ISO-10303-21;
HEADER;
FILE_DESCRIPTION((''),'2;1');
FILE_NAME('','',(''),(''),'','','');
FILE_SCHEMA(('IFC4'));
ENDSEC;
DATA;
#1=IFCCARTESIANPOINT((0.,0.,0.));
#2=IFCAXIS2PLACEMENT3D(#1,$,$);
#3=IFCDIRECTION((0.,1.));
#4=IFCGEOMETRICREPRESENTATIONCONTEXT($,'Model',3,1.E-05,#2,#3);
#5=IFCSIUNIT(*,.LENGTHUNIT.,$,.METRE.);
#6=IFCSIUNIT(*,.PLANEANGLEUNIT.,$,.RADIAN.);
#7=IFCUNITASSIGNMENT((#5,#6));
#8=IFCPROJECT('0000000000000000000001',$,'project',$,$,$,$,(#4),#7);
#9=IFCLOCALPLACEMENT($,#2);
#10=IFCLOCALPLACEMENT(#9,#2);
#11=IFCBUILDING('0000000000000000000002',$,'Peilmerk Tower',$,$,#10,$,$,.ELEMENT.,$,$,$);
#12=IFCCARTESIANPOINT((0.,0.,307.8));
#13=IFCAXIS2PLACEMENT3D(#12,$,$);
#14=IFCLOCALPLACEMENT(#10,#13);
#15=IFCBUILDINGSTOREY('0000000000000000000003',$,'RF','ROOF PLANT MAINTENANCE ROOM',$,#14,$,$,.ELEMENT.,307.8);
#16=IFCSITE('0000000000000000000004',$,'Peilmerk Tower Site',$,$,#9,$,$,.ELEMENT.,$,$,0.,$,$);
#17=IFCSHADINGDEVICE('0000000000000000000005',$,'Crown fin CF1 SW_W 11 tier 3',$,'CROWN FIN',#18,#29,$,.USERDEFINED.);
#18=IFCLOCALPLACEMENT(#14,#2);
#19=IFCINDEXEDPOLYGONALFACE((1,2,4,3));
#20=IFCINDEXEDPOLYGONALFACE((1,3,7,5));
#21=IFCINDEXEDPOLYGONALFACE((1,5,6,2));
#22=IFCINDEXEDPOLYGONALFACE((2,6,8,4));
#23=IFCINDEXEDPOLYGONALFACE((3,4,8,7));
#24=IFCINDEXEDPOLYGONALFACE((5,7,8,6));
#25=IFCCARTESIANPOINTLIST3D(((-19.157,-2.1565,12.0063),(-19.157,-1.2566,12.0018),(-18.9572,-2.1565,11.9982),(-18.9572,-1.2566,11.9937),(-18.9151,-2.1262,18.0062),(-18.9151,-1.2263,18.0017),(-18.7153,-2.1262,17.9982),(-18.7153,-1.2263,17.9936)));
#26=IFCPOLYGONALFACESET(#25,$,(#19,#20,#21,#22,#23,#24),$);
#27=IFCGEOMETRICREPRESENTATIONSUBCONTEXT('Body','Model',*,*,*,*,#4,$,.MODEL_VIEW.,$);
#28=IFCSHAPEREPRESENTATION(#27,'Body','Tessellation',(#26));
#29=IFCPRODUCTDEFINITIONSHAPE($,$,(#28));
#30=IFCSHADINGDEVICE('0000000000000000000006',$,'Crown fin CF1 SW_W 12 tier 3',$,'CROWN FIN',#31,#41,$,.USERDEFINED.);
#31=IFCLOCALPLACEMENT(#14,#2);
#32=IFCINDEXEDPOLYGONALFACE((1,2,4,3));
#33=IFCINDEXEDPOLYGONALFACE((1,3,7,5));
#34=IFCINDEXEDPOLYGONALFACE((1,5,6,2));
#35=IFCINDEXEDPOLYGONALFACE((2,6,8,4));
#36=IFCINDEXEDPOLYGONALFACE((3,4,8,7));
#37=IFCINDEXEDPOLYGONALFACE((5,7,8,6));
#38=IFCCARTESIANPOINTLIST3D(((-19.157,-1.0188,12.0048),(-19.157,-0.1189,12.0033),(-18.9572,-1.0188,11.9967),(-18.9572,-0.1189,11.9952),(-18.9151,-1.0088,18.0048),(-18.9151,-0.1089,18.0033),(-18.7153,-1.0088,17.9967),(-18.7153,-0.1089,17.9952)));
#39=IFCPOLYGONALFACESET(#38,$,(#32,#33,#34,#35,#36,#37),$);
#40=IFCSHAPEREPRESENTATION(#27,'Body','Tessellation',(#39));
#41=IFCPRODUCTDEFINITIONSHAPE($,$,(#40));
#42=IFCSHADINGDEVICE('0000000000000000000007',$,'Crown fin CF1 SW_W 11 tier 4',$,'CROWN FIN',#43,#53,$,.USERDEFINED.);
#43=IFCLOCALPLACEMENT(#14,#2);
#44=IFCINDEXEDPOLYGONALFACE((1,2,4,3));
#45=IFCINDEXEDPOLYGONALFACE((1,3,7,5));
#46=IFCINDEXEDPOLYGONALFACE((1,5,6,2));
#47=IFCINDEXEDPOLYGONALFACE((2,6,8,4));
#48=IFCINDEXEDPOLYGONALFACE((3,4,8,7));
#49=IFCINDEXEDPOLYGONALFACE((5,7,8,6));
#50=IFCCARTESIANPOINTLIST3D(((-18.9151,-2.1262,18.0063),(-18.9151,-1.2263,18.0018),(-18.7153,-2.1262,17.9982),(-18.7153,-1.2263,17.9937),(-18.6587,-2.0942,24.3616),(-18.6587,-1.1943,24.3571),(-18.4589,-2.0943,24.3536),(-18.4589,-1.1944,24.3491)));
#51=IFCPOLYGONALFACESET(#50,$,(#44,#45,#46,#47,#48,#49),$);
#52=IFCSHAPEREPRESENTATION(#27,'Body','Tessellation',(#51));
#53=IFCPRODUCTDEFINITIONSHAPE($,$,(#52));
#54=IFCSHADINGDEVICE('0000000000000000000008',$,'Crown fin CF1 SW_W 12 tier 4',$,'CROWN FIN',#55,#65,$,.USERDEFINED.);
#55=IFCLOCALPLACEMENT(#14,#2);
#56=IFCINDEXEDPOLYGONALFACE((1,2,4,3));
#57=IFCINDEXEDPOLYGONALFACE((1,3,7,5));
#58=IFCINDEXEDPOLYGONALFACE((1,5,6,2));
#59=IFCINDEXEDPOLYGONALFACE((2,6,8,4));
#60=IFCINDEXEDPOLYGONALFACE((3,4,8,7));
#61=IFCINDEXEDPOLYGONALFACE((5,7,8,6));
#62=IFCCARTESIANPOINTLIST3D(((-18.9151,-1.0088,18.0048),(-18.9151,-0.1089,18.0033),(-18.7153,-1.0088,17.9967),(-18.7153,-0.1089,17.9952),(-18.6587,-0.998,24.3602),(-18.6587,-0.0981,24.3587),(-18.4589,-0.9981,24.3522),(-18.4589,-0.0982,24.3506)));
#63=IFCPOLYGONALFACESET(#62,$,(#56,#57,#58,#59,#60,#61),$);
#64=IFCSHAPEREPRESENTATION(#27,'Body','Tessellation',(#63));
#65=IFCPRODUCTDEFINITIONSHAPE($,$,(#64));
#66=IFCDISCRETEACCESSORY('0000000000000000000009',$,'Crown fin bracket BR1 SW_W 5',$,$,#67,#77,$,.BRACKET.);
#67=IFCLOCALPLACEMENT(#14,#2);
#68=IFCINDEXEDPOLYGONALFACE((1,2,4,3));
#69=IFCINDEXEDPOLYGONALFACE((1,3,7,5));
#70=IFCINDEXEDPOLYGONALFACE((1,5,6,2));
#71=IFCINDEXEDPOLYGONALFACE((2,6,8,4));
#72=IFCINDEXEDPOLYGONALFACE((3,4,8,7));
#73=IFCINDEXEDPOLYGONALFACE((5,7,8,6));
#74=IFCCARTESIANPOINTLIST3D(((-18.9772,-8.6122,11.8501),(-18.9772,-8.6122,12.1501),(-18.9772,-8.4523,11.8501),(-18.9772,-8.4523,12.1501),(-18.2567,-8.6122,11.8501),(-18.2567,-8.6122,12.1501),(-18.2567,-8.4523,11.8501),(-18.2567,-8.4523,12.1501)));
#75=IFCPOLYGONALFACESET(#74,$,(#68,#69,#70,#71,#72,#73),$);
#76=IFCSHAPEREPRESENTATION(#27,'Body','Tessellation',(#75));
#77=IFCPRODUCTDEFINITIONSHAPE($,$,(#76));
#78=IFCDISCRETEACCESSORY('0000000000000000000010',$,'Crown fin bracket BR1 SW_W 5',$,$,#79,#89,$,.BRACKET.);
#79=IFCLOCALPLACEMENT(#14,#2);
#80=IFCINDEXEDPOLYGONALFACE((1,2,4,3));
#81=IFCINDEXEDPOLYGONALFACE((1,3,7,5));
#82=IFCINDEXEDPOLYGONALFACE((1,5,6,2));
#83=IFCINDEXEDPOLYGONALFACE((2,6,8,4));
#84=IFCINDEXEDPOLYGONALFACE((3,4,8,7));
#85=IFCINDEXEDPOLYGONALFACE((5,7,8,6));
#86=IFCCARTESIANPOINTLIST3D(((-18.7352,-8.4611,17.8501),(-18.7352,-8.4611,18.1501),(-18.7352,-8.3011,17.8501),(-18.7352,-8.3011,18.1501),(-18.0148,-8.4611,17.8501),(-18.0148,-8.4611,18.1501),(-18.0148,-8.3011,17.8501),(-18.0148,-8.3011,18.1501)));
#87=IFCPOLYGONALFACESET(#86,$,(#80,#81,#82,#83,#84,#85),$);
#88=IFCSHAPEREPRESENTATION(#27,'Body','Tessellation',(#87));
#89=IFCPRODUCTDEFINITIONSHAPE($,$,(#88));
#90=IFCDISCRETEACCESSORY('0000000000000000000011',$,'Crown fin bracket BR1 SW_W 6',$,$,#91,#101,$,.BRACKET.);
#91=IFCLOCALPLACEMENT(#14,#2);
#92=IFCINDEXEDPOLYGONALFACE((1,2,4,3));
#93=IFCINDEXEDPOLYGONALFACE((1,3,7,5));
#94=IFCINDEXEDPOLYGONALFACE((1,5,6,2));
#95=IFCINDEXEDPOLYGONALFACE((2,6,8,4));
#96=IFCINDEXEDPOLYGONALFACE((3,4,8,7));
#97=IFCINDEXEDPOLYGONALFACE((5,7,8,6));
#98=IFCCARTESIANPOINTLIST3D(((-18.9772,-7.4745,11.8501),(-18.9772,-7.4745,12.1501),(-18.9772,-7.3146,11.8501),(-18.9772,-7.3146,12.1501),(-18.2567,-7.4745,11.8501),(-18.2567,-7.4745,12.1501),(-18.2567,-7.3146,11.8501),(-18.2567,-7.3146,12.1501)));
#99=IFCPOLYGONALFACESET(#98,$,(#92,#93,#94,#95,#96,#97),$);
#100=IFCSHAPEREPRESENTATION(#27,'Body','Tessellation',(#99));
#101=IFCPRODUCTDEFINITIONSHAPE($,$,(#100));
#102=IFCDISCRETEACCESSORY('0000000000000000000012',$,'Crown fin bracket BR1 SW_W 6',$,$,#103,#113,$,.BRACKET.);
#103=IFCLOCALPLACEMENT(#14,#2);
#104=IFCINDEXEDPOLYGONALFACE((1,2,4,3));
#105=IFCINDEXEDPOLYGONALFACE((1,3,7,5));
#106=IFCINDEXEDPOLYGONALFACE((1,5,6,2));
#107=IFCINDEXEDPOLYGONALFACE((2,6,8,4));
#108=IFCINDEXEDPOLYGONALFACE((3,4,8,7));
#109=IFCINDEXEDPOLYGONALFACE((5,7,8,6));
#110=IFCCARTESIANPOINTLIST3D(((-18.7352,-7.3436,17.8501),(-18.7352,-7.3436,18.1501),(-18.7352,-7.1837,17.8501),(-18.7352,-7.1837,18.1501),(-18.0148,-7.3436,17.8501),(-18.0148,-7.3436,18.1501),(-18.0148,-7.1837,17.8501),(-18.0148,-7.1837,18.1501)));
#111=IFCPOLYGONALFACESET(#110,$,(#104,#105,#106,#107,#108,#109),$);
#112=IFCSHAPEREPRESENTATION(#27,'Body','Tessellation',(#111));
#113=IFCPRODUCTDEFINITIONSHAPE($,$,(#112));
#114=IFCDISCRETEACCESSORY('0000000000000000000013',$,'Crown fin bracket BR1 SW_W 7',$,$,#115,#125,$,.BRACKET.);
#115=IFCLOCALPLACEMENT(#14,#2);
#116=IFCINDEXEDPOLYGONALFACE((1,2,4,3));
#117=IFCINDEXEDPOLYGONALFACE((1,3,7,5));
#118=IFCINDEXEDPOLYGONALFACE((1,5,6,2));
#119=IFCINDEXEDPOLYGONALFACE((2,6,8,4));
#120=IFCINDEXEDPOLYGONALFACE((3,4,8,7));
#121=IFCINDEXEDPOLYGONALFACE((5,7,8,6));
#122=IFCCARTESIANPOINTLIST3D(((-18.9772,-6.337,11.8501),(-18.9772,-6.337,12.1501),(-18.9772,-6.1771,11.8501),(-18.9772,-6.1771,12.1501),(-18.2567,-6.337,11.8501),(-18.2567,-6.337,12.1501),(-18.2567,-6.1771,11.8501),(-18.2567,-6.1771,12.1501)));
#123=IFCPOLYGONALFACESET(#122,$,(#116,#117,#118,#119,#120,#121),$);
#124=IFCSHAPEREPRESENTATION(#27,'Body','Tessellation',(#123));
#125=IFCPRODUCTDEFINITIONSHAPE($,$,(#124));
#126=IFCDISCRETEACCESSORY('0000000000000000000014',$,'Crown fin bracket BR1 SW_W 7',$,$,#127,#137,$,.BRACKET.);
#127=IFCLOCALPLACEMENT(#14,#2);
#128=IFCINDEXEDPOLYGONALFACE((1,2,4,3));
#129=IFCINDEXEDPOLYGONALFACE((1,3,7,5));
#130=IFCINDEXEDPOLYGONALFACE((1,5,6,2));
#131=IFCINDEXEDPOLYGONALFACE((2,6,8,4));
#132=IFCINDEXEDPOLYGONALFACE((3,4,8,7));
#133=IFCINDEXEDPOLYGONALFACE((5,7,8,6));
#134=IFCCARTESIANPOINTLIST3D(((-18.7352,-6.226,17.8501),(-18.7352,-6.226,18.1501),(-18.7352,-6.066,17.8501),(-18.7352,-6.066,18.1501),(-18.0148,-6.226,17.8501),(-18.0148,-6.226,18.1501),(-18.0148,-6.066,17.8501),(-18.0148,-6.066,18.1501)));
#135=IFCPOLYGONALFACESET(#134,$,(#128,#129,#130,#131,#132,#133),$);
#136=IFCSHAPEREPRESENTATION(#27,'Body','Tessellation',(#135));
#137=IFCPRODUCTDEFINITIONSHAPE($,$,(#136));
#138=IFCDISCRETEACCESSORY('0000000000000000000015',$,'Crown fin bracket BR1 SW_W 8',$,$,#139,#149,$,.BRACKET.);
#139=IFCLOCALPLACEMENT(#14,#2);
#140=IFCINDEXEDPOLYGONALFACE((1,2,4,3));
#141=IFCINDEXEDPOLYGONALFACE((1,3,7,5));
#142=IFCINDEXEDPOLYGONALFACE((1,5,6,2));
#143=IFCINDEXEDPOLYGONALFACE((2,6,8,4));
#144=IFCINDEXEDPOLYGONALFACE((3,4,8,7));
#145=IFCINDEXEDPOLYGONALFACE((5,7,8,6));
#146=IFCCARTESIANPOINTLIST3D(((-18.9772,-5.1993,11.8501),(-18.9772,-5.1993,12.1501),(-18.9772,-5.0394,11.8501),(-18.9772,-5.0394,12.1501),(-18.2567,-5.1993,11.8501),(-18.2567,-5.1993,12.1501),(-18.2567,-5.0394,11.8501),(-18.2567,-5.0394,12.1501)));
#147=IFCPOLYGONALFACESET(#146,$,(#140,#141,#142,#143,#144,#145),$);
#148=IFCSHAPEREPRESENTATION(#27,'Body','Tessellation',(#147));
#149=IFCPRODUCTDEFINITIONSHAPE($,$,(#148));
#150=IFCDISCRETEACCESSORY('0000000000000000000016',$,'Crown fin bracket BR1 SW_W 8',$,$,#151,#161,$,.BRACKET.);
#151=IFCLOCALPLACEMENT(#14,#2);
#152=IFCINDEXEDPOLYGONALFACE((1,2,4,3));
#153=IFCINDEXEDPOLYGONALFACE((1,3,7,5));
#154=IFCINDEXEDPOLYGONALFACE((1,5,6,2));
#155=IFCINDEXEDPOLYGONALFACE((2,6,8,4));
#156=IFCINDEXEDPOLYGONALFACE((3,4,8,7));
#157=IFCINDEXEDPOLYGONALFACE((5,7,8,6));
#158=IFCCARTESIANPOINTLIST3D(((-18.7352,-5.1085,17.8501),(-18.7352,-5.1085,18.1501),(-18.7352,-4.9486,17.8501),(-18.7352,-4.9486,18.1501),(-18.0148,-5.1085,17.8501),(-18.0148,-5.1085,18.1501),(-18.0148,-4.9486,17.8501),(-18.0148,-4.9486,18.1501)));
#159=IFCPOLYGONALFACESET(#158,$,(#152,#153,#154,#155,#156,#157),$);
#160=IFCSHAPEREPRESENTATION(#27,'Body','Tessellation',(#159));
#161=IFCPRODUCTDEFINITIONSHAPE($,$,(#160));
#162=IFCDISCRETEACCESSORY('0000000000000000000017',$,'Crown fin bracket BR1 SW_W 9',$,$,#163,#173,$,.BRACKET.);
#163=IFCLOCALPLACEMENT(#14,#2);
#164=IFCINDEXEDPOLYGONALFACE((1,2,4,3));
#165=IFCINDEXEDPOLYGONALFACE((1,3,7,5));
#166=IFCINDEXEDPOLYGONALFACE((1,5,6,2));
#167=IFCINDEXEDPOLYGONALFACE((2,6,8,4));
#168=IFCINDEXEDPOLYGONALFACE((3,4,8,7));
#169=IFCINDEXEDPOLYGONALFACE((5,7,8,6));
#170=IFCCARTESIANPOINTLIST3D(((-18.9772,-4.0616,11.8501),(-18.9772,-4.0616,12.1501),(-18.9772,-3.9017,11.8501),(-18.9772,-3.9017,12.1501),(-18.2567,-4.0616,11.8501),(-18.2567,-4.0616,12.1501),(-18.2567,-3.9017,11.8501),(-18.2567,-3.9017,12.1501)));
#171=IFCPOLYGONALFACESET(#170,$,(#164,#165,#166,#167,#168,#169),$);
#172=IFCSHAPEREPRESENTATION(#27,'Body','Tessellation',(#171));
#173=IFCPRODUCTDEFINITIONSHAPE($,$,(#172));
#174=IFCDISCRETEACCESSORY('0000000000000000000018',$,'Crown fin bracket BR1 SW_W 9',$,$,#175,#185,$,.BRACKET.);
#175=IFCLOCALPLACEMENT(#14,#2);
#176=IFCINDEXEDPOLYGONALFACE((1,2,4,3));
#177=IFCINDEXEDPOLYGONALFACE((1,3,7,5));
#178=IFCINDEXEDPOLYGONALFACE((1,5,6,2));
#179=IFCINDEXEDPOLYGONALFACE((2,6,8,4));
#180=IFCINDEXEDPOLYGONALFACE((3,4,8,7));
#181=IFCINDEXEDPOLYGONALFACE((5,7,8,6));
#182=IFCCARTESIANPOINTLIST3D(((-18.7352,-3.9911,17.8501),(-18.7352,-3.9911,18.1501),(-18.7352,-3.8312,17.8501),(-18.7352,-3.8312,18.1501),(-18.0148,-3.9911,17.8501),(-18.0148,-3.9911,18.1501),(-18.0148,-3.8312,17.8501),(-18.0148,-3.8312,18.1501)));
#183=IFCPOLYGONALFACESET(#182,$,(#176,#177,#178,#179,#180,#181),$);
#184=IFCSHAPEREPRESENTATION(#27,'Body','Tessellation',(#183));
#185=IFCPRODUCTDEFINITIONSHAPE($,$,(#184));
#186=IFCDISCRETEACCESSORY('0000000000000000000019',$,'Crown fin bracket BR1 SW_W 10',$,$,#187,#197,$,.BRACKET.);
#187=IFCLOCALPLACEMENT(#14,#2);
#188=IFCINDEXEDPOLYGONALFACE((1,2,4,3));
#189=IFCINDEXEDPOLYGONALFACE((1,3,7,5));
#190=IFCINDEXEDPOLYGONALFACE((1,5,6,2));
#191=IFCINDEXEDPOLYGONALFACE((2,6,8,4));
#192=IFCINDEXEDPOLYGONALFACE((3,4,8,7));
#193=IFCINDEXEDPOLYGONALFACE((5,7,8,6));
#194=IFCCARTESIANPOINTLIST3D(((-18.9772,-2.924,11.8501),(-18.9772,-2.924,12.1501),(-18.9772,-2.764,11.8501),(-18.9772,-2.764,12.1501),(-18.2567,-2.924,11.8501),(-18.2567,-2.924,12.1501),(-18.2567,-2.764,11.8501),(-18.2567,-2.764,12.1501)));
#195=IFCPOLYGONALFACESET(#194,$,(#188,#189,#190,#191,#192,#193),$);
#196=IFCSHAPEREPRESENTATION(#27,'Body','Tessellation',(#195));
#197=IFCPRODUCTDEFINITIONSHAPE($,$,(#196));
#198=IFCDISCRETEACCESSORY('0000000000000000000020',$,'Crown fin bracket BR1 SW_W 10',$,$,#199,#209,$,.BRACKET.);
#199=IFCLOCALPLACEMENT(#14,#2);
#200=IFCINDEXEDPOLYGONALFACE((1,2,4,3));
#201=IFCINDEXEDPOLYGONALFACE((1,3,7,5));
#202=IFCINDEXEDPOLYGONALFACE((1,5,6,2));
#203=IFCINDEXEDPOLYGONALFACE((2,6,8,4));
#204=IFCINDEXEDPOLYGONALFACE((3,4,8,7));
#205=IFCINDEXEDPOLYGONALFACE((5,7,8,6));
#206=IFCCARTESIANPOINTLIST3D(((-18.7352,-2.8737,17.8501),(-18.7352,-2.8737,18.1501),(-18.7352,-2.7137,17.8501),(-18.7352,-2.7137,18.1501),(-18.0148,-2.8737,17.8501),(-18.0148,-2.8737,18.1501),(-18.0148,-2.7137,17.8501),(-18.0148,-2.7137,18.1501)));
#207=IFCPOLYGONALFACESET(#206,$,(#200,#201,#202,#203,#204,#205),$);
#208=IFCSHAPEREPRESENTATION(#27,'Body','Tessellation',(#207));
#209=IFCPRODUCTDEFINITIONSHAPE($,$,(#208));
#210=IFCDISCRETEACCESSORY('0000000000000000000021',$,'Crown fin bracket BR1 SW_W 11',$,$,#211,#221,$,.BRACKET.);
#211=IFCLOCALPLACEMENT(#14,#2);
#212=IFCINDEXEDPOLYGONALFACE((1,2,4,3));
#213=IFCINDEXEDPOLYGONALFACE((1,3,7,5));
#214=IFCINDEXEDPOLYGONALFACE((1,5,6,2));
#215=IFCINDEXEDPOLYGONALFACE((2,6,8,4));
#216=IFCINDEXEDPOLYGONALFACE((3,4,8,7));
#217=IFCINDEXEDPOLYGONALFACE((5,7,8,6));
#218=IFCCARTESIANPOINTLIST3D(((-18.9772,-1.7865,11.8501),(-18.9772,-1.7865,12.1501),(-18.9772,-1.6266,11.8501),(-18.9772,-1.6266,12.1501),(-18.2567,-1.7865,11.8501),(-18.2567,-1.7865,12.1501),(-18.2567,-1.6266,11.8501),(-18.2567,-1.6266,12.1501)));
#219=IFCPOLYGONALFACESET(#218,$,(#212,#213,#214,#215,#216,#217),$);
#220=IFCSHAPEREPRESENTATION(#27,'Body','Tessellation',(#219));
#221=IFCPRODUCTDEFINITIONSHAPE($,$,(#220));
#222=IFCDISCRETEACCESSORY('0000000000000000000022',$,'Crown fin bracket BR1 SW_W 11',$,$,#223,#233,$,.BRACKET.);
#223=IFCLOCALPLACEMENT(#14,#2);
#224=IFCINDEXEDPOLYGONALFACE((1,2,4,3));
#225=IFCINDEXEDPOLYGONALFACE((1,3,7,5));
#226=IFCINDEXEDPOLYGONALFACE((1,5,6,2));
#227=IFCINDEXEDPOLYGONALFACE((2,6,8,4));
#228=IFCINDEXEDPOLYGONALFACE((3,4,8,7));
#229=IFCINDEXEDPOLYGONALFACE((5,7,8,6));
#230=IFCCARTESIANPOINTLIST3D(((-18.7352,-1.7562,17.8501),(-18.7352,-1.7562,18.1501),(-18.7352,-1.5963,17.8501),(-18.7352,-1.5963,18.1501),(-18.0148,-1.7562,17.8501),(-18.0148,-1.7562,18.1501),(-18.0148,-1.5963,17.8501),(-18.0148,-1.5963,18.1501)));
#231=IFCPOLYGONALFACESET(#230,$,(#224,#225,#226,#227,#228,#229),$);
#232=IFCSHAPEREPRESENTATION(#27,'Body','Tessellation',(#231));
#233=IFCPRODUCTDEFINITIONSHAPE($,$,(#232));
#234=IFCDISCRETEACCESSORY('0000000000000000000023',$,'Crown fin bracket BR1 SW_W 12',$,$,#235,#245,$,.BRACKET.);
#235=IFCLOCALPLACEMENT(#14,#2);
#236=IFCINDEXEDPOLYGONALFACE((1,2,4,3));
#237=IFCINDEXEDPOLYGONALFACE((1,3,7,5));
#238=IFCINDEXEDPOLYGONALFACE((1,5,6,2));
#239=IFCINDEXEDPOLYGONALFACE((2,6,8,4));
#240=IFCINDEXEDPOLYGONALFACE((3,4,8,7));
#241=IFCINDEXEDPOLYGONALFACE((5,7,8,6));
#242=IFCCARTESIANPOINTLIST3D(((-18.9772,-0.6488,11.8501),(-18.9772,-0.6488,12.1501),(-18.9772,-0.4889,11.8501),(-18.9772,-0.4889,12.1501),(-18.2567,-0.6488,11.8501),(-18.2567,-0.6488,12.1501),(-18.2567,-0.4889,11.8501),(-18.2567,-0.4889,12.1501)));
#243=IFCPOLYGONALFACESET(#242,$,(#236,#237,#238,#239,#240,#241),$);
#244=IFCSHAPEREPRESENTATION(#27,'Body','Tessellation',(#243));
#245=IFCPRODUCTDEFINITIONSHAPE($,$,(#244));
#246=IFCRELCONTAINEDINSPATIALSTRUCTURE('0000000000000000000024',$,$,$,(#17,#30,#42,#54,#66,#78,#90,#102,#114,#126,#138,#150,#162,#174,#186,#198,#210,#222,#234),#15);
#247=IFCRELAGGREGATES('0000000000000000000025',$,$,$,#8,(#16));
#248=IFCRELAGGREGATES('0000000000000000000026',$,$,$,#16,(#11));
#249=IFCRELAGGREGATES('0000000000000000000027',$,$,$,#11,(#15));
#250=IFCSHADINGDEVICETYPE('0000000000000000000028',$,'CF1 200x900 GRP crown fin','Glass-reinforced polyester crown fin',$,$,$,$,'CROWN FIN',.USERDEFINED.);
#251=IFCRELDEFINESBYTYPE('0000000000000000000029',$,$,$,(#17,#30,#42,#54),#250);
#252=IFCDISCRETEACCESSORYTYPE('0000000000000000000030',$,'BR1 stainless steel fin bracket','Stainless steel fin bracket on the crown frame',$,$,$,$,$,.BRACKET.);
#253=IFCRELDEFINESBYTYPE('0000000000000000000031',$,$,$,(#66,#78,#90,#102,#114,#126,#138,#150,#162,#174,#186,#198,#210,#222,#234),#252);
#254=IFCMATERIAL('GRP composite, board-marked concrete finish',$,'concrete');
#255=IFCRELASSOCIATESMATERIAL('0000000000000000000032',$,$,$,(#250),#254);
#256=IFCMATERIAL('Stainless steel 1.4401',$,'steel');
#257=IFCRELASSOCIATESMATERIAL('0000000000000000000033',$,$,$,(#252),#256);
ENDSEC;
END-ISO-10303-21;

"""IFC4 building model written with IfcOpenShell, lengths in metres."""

from ifc_helpers import new_model, si_unit, direction, frame, origin, origin_2d, place, context, subcontext, project, spatial, rectangle, extrude, source, transform, mapped, material, material_profile, profile_set, type_object, element, save


model = new_model("IFC4")

# Units and contexts
model_context = context("Model", 3, precision=1e-05, world=origin(), true_north=direction((0.0, 1.0)))
body_context = subcontext(model_context, "Body", "Model", "MODEL_VIEW")
ifc_project = project(units=[si_unit("LENGTHUNIT", "METRE"), si_unit("PLANEANGLEUNIT", "RADIAN")], contexts=[model_context])

# Site, building, storey
site_placement = place(None, origin())
site = spatial("IfcSite", under=ifc_project, at=site_placement, Name="Peilmerk Tower Site", CompositionType="ELEMENT", RefElevation=0.0)
building_placement = place(site_placement, origin())
building = spatial("IfcBuilding", under=site, at=building_placement, Name="Peilmerk Tower", CompositionType="ELEMENT")
storey_placement = place(building_placement, frame((0.0, 0.0, 307.8)))
storey = spatial("IfcBuildingStorey", under=building, at=storey_placement, Name="RF", Description="ROOF PLANT MAINTENANCE ROOM", CompositionType="ELEMENT", Elevation=307.8)

# Shading devices
ifc_material_1 = material(Name="GRP composite, board-marked concrete finish", Category="concrete")
ifc_material_profile = material_profile(ifc_material_1, rectangle(XDim=0.2, YDim=0.8999, at=origin_2d()), Name="CF1 200x900")
ifc_profile_set = profile_set([ifc_material_profile], Name="GRP composite, board-marked concrete finish")
shading_device_type = type_object("IfcShadingDeviceType", Name="CF1 200x900 GRP crown fin", Description="Glass-reinforced polyester crown fin", ElementType="CROWN FIN", PredefinedType="USERDEFINED", material=ifc_profile_set)
shared_shape_1 = source(origin(), body_context, "Body", "SweptSolid", [
    extrude(rectangle(XDim=0.2, YDim=0.8999, at=origin_2d()), origin(), (0.0, 0.0, 1.0), 6.0049),
])
for number, where, z_axis, x_axis, name in (
    (1, (-19.0571, -1.7065, 12.0), (0.040291, 0.005041, 0.999175), (-0.999188, 0.000203, 0.04029), "Crown fin CF1 SW_W 11 tier 3"),
    (2, (-19.0571, -0.5688, 12.0), (0.040291, 0.001667, 0.999187), (-0.999188, 0.000067, 0.040291), "Crown fin CF1 SW_W 12 tier 3"),
):
    element("IfcShadingDevice", number, at=place(storey_placement, frame(where, z_axis=z_axis, x_axis=x_axis)), inside=storey, type_object=shading_device_type, Name=name, ObjectType="CROWN FIN", PredefinedType="USERDEFINED", context=body_context, shape_type="MappedRepresentation", body=[
        mapped(shared_shape_1, transform((0.0, 0.0, 0.0), scale=1.0)),
    ])
shared_shape_2 = source(origin(), body_context, "Body", "SweptSolid", [
    extrude(rectangle(XDim=0.2, YDim=0.8999, at=origin_2d()), origin(), (0.0, 0.0, 1.0), 6.3606),
])
for number, where, z_axis, x_axis, name in (
    (3, (-18.8152, -1.6763, 18.0), (0.040302, 0.005028, 0.999175), (-0.999188, 0.000203, 0.040301), "Crown fin CF1 SW_W 11 tier 4"),
    (4, (-18.8152, -0.5588, 18.0), (0.040302, 0.001689, 0.999186), (-0.999188, 0.000068, 0.040302), "Crown fin CF1 SW_W 12 tier 4"),
):
    element("IfcShadingDevice", number, at=place(storey_placement, frame(where, z_axis=z_axis, x_axis=x_axis)), inside=storey, type_object=shading_device_type, Name=name, ObjectType="CROWN FIN", PredefinedType="USERDEFINED", context=body_context, shape_type="MappedRepresentation", body=[
        mapped(shared_shape_2, transform((0.0, 0.0, 0.0), scale=1.0)),
    ])

# Discrete accessories
ifc_material_2 = material(Name="Stainless steel 1.4401", Category="steel")
discrete_accessory_type = type_object("IfcDiscreteAccessoryType", Name="BR1 stainless steel fin bracket", Description="Stainless steel fin bracket on the crown frame", PredefinedType="BRACKET", material=ifc_material_2)
shared_shape_3 = source(origin(), body_context, "Body", "SweptSolid", [
    extrude(rectangle(XDim=0.7205, YDim=0.1599, at=origin_2d()), origin(), (0.0, 0.0, 1.0), 0.3),
])
for number, where, z_axis, x_axis, name in (
    (5, (-18.6169, -8.5322, 11.8501), (0.0, 0.0, 1.0), (-1.0, 0.0, 0.0), "Crown fin bracket BR1 SW_W 5"),
    (6, (-18.375, -8.3811, 17.8501), (0.0, 0.0, 1.0), (-1.0, 0.0, 0.0), "Crown fin bracket BR1 SW_W 5"),
    (7, (-18.6169, -7.3945, 11.8501), (0.0, 0.0, 1.0), (-1.0, 0.0, 0.0), "Crown fin bracket BR1 SW_W 6"),
    (8, (-18.375, -7.2637, 17.8501), (0.0, 0.0, 1.0), (-1.0, 0.0, 0.0), "Crown fin bracket BR1 SW_W 6"),
    (9, (-18.6169, -6.2571, 11.8501), (0.0, 0.0, 1.0), (-1.0, 0.0, 0.0), "Crown fin bracket BR1 SW_W 7"),
    (10, (-18.375, -6.146, 17.8501), (0.0, 0.0, 1.0), (-1.0, 0.0, 0.0), "Crown fin bracket BR1 SW_W 7"),
    (11, (-18.6169, -5.1194, 11.8501), (0.0, 0.0, 1.0), (-1.0, 0.0, 0.0), "Crown fin bracket BR1 SW_W 8"),
    (12, (-18.375, -5.0286, 17.8501), (0.0, 0.0, 1.0), (-1.0, 0.0, 0.0), "Crown fin bracket BR1 SW_W 8"),
    (13, (-18.6169, -3.9817, 11.8501), (0.0, 0.0, 1.0), (-1.0, 0.0, 0.0), "Crown fin bracket BR1 SW_W 9"),
    (14, (-18.375, -3.9111, 17.8501), (0.0, 0.0, 1.0), (-1.0, 0.0, 0.0), "Crown fin bracket BR1 SW_W 9"),
    (15, (-18.6169, -2.844, 11.8501), (0.0, 0.0, 1.0), (-1.0, 0.0, 0.0), "Crown fin bracket BR1 SW_W 10"),
    (16, (-18.375, -2.7937, 17.8501), (0.0, 0.0, 1.0), (-1.0, 0.0, 0.0), "Crown fin bracket BR1 SW_W 10"),
    (17, (-18.6169, -1.7065, 11.8501), (0.0, 0.0, 1.0), (-1.0, 0.0, 0.0), "Crown fin bracket BR1 SW_W 11"),
    (18, (-18.375, -1.6763, 17.8501), (0.0, 0.0, 1.0), (-1.0, 0.0, 0.0), "Crown fin bracket BR1 SW_W 11"),
    (19, (-18.6169, -0.5688, 11.8501), (0.0, 0.0, 1.0), (-1.0, 0.0, 0.0), "Crown fin bracket BR1 SW_W 12"),
):
    element("IfcDiscreteAccessory", number, at=place(storey_placement, frame(where, z_axis=z_axis, x_axis=x_axis)), inside=storey, type_object=discrete_accessory_type, Name=name, PredefinedType="BRACKET", context=body_context, shape_type="MappedRepresentation", body=[
        mapped(shared_shape_3, transform((0.0, 0.0, 0.0), scale=1.0)),
    ])

save(model, "model.ifc")
